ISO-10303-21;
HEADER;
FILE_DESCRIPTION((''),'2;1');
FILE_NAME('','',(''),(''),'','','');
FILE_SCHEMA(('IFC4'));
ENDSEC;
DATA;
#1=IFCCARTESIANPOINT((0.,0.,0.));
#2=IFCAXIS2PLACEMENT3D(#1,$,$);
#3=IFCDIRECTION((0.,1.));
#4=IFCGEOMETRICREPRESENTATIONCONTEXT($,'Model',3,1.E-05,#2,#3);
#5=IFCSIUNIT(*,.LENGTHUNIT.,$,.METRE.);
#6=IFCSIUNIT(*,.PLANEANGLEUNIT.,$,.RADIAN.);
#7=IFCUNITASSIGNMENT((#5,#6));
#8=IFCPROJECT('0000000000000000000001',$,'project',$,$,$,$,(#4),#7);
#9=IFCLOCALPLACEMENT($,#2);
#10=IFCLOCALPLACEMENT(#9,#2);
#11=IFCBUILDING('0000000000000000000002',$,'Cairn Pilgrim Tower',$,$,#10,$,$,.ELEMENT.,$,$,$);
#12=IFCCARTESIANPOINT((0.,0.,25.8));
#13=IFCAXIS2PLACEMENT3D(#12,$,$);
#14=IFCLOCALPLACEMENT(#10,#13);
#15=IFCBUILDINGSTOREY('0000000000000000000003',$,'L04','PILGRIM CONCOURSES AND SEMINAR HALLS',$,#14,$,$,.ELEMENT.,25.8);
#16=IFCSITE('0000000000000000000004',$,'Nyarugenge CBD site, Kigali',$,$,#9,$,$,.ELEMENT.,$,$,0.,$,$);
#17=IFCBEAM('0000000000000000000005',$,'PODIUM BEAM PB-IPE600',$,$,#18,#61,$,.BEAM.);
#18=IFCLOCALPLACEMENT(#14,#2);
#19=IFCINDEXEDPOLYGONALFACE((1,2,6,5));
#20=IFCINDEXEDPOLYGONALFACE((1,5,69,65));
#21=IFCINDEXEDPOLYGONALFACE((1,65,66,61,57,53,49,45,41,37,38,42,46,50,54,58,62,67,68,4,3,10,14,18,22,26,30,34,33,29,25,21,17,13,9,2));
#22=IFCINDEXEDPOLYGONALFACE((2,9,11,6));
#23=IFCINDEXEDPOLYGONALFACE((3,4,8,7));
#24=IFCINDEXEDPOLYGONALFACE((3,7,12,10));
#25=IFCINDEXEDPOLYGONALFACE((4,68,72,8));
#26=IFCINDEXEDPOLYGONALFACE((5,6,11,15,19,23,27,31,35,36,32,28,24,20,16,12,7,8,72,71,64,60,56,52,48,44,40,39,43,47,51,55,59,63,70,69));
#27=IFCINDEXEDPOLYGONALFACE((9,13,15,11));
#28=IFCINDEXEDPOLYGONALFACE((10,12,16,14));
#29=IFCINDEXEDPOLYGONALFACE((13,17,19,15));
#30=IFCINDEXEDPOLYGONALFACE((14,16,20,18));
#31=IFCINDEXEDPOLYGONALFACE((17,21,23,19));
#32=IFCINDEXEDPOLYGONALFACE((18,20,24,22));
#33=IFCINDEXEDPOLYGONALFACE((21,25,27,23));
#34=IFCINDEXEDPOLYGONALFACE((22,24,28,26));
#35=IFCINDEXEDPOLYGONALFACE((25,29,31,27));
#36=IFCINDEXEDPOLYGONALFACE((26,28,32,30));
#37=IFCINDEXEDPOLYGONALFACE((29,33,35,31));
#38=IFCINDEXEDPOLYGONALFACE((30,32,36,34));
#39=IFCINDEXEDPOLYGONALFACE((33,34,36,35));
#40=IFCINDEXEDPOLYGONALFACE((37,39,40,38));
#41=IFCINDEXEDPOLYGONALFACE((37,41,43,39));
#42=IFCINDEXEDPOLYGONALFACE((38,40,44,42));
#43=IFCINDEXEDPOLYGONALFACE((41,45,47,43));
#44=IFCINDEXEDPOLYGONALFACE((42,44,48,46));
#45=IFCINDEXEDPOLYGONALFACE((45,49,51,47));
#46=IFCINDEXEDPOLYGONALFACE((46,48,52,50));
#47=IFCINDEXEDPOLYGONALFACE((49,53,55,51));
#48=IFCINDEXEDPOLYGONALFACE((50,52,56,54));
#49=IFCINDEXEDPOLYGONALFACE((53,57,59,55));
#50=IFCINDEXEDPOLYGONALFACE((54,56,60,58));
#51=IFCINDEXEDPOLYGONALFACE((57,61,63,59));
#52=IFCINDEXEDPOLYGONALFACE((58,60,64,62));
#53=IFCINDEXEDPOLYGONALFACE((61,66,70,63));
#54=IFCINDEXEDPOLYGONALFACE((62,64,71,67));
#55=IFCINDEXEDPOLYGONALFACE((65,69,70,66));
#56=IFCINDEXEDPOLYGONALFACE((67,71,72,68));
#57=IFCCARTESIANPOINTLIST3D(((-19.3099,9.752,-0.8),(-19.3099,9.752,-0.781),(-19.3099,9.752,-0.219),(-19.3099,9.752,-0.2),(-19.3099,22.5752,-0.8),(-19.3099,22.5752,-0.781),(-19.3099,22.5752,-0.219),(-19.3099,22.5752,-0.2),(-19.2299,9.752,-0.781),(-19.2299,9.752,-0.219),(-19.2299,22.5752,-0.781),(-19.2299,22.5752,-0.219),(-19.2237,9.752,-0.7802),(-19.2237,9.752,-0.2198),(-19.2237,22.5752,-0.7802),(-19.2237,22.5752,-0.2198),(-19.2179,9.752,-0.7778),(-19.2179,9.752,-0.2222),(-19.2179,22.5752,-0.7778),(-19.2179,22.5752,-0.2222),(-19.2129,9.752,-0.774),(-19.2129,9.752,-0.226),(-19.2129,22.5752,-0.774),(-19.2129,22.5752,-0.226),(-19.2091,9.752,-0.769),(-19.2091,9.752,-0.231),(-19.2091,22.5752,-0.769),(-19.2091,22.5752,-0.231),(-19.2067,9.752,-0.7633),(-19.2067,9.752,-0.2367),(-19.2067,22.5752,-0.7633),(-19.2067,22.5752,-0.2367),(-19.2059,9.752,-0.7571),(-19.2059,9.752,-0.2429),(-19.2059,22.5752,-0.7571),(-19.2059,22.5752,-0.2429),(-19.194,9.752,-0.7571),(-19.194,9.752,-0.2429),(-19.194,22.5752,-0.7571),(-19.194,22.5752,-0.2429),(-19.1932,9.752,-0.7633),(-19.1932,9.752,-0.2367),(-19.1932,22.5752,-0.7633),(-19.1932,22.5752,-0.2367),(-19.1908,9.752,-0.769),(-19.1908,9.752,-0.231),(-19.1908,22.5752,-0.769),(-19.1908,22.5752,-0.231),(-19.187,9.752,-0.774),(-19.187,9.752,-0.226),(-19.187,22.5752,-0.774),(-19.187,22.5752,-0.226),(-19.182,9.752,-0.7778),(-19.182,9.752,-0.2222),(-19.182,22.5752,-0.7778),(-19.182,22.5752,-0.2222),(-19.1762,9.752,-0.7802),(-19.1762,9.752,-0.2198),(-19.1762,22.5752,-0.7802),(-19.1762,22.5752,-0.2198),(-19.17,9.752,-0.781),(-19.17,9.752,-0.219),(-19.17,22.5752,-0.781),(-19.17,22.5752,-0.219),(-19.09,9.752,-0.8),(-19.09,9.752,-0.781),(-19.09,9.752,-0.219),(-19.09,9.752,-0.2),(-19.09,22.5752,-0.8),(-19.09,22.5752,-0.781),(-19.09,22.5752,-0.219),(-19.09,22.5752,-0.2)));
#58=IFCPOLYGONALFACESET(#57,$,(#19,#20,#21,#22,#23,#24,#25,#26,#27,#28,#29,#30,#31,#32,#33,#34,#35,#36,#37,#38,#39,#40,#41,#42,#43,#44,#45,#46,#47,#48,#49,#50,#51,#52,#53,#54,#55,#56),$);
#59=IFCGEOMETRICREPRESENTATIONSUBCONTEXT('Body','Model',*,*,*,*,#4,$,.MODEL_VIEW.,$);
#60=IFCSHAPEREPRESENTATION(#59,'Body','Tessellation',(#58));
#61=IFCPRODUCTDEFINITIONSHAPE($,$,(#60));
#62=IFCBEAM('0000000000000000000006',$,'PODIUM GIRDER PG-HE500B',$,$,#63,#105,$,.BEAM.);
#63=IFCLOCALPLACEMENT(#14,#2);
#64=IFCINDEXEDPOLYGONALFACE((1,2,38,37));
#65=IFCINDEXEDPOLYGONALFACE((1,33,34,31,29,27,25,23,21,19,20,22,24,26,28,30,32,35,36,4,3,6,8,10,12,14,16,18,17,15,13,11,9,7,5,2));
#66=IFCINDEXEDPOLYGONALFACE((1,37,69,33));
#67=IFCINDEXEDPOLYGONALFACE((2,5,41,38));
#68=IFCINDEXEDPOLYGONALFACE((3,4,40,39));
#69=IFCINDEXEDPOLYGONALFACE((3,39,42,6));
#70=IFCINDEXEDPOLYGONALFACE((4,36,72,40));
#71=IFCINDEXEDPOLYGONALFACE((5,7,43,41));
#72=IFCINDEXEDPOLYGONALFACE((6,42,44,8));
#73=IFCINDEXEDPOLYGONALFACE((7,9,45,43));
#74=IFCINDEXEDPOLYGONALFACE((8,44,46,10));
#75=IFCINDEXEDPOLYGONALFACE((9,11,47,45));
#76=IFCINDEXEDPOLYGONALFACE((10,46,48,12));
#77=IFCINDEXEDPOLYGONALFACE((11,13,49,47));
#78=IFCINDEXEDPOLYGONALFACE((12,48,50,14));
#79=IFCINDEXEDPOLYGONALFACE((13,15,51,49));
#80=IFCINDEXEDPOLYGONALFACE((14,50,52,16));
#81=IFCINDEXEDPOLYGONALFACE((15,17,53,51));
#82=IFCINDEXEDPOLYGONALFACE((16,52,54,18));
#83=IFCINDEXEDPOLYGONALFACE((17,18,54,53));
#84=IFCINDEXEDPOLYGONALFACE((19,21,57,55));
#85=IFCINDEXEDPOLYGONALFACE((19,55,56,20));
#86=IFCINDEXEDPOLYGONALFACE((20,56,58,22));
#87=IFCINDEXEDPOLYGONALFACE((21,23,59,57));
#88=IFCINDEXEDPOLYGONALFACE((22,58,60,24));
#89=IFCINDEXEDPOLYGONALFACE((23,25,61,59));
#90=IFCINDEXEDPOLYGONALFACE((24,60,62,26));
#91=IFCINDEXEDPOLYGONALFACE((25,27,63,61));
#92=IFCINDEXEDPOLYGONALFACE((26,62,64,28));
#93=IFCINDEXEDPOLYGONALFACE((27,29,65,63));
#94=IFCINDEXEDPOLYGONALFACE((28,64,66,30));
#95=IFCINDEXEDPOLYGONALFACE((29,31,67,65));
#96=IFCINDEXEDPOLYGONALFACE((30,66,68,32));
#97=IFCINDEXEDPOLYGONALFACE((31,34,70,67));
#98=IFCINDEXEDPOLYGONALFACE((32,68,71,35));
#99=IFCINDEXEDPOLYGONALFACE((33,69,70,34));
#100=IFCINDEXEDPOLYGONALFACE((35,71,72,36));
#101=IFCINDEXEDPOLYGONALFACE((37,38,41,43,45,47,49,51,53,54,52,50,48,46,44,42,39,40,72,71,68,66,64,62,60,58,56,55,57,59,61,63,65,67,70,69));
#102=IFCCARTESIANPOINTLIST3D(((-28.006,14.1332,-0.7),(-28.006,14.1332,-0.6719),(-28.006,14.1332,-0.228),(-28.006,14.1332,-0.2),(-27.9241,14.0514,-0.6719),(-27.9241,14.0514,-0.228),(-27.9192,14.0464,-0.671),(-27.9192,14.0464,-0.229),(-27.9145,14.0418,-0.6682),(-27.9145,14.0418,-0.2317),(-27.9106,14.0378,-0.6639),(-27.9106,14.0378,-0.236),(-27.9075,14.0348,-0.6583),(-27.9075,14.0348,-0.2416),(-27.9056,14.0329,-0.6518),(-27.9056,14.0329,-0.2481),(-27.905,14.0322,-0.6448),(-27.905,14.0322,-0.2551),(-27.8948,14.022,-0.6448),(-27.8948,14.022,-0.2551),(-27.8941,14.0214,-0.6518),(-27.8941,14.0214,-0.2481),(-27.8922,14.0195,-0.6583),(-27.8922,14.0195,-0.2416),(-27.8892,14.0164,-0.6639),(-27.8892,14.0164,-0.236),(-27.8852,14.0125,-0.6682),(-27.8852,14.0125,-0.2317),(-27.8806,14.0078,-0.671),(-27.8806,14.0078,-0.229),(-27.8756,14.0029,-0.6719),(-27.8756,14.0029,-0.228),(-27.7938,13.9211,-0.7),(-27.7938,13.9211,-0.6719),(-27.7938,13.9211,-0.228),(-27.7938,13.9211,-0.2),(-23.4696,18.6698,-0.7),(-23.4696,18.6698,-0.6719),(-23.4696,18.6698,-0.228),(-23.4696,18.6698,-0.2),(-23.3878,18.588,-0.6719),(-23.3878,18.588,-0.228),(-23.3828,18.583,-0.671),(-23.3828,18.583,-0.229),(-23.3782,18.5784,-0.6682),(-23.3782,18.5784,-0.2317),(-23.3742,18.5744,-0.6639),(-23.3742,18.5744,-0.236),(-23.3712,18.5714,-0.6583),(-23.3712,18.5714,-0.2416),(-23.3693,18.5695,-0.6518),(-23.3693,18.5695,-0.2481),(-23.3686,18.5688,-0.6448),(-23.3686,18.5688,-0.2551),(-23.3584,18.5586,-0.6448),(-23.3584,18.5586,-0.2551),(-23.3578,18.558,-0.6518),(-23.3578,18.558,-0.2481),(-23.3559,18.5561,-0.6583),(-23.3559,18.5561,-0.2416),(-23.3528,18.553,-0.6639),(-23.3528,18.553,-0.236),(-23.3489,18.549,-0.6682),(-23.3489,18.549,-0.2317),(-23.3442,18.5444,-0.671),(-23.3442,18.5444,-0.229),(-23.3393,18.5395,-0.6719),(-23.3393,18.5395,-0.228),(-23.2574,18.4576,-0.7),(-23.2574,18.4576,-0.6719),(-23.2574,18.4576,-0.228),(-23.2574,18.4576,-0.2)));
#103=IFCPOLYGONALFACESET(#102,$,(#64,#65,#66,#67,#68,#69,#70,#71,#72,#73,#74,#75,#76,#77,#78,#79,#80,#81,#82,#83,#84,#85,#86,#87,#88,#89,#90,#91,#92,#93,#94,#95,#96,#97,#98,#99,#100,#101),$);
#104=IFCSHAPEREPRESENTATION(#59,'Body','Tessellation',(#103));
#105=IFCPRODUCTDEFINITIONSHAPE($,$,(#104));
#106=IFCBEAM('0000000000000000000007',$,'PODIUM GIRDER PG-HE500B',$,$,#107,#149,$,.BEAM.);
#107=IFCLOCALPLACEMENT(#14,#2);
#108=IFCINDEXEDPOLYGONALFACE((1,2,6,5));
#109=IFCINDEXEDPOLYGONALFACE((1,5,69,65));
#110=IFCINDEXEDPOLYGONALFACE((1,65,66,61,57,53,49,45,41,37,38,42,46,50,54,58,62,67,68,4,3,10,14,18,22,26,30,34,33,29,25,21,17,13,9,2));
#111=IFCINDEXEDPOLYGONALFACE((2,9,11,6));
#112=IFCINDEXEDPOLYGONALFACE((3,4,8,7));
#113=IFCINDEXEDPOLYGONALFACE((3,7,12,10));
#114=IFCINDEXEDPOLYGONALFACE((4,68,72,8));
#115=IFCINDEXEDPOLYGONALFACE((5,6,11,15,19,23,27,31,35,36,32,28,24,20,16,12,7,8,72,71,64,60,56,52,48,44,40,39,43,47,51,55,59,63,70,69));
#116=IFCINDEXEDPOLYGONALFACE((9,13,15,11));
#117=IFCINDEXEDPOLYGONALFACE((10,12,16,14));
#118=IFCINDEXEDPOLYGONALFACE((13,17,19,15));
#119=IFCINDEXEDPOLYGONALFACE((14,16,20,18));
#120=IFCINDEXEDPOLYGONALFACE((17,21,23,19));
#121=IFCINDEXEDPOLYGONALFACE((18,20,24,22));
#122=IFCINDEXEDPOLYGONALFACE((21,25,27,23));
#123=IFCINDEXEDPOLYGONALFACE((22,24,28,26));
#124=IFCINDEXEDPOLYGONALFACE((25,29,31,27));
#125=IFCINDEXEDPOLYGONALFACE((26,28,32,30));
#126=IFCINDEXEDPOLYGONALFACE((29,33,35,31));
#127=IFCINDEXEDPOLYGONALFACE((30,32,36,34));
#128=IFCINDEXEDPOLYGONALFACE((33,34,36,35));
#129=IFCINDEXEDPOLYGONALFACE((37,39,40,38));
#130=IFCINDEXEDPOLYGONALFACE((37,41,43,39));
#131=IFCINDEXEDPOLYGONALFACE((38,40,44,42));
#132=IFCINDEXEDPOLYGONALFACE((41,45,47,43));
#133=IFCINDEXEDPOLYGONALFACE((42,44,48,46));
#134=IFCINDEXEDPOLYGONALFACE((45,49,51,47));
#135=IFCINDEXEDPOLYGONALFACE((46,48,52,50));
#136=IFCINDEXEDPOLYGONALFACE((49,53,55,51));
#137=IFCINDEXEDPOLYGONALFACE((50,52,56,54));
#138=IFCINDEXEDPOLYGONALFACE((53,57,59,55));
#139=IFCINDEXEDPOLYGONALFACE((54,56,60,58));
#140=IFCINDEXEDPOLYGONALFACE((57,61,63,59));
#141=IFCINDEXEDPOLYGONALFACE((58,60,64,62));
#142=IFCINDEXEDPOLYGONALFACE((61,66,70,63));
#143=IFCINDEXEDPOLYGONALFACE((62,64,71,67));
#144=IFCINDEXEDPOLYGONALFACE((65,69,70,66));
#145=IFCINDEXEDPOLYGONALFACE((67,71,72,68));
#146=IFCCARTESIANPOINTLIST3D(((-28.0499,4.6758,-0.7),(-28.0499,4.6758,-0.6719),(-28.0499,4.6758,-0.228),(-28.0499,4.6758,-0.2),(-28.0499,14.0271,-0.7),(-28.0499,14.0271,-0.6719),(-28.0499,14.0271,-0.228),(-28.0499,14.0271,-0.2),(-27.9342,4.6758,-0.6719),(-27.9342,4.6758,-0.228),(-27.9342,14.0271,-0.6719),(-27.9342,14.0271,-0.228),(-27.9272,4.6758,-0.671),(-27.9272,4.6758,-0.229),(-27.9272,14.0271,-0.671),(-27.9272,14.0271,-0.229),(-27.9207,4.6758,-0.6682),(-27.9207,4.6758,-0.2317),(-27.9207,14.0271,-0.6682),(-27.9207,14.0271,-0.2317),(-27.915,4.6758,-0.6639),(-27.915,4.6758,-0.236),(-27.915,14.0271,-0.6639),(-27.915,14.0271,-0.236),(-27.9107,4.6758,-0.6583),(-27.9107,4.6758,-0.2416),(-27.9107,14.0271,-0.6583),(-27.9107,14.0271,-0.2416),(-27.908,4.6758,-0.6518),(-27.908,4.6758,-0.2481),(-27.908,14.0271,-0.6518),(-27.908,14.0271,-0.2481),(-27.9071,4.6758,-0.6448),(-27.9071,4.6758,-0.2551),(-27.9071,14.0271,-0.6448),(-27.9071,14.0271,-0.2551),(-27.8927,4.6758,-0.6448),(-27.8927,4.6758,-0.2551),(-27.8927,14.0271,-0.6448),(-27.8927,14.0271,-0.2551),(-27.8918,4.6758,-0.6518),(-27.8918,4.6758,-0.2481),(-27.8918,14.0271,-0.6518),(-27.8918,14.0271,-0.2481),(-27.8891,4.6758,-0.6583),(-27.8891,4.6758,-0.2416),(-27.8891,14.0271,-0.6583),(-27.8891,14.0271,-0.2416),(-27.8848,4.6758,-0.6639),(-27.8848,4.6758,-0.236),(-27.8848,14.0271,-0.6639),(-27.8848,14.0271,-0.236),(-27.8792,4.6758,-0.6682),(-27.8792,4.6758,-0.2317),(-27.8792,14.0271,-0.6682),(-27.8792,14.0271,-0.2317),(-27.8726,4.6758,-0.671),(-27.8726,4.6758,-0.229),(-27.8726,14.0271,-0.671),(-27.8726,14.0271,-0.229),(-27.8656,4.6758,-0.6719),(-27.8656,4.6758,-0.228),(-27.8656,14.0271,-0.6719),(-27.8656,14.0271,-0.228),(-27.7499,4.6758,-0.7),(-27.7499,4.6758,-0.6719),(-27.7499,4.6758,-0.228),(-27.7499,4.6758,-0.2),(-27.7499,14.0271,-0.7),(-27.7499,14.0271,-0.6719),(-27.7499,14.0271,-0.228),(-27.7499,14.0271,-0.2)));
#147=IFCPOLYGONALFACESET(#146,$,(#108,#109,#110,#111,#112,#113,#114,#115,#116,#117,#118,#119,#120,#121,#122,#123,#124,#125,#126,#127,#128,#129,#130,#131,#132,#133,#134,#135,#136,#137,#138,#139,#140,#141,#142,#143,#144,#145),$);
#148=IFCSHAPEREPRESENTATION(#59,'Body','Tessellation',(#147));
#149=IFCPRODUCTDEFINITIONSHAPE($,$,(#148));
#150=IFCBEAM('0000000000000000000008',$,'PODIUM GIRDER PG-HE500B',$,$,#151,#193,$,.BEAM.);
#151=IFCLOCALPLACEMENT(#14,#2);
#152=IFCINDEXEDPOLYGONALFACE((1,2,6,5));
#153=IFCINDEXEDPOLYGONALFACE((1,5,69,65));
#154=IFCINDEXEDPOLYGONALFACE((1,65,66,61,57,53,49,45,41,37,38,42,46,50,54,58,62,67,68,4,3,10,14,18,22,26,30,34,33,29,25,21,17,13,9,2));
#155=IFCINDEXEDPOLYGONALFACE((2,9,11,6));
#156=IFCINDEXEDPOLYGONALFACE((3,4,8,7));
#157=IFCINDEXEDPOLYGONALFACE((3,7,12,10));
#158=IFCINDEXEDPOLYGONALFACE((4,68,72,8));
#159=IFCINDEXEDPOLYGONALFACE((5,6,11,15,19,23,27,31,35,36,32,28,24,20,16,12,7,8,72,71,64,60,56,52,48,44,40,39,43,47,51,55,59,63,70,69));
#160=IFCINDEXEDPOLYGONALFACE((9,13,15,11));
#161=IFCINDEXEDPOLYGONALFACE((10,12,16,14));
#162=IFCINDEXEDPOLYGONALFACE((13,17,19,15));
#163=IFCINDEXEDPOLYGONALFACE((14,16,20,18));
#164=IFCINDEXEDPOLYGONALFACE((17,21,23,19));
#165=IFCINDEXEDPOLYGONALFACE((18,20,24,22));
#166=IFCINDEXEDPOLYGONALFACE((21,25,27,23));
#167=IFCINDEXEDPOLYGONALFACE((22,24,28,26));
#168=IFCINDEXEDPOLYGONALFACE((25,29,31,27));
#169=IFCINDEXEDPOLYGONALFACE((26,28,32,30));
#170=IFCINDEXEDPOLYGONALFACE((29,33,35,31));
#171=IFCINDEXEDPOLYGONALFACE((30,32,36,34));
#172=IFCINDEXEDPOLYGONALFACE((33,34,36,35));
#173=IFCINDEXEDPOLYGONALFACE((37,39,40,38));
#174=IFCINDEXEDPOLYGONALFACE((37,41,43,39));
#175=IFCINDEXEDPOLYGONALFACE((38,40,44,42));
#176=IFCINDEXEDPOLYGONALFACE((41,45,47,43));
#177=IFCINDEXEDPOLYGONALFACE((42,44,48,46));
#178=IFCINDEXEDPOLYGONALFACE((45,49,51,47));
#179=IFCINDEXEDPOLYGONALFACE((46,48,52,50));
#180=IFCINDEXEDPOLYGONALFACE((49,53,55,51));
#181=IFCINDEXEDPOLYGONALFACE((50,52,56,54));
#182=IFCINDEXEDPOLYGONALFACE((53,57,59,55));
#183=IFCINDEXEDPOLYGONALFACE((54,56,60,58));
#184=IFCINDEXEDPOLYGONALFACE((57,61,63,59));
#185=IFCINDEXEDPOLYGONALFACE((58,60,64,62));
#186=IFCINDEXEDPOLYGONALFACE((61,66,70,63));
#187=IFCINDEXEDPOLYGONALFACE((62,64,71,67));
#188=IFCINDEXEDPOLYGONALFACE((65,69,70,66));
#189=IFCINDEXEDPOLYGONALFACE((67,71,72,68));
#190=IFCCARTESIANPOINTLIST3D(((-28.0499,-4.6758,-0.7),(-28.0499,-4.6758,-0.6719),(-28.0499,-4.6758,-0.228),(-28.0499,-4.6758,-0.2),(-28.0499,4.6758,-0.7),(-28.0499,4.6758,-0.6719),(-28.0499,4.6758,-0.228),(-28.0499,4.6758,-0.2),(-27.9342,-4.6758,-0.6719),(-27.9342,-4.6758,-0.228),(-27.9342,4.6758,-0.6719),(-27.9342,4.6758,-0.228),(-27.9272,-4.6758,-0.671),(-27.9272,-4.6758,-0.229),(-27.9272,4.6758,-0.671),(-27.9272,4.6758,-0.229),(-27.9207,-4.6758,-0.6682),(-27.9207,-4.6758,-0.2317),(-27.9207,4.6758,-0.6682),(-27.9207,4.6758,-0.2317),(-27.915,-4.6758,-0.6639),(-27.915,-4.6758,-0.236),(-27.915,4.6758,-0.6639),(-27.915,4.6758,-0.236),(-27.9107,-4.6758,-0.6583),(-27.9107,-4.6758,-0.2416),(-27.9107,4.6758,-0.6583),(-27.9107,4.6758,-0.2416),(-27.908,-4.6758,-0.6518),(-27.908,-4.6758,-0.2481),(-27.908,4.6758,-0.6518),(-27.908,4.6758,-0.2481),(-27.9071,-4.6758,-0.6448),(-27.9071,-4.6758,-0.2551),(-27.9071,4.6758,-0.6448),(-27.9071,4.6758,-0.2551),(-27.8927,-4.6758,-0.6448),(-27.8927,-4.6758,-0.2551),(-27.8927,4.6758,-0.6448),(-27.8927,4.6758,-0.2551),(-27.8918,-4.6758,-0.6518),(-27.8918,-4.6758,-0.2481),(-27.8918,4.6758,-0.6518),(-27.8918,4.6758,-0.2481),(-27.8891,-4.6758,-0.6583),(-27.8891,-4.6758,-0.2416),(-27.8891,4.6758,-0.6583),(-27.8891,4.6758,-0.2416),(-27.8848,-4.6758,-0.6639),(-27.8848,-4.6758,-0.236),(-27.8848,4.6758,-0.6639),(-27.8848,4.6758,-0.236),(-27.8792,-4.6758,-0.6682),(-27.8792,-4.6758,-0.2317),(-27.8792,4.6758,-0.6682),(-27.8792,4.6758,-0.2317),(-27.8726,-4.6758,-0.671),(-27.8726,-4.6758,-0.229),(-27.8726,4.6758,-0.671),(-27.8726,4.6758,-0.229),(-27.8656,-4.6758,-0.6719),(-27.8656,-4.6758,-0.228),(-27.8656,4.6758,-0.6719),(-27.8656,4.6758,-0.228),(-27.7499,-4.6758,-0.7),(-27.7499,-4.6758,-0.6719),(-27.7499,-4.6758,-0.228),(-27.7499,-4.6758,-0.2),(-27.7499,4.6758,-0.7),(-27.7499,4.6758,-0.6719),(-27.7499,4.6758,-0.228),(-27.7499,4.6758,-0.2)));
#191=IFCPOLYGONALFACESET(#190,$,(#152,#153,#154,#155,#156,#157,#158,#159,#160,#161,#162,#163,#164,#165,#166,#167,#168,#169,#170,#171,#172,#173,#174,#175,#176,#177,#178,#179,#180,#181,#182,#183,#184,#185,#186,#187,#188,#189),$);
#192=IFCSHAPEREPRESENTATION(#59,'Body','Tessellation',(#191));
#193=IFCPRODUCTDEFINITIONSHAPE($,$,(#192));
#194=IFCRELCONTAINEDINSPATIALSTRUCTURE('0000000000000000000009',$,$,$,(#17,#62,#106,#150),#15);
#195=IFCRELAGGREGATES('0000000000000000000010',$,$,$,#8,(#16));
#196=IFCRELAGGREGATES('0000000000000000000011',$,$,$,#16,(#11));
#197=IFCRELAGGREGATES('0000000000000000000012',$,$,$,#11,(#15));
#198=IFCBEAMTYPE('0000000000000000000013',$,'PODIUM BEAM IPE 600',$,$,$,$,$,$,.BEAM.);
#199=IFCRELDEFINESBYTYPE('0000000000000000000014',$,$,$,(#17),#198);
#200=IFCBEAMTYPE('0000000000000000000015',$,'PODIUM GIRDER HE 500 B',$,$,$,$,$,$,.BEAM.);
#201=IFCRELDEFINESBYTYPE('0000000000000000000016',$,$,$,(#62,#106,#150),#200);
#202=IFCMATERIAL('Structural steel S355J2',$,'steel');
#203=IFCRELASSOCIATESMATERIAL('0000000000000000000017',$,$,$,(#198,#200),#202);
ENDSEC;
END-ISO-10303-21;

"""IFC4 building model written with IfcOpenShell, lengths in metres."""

from ifc_helpers import new_model, si_unit, direction, frame, origin, origin_2d, place, context, subcontext, project, spatial, i_section, extrude, material, material_profile, profile_set, type_object, element, save


model = new_model("IFC4")

# Units and contexts
model_context = context("Model", 3, precision=1e-05, world=origin(), true_north=direction((0.0, 1.0)))
body_context = subcontext(model_context, "Body", "Model", "MODEL_VIEW")
ifc_project = project(units=[si_unit("LENGTHUNIT", "METRE"), si_unit("PLANEANGLEUNIT", "RADIAN")], contexts=[model_context])

# Site, building, storey
site_placement = place(None, origin())
site = spatial("IfcSite", under=ifc_project, at=site_placement, Name="Nyarugenge CBD site, Kigali", CompositionType="ELEMENT", RefElevation=0.0)
building_placement = place(site_placement, origin())
building = spatial("IfcBuilding", under=site, at=building_placement, Name="Cairn Pilgrim Tower", CompositionType="ELEMENT")
storey_placement = place(building_placement, frame((0.0, 0.0, 25.8)))
storey = spatial("IfcBuildingStorey", under=building, at=storey_placement, Name="L04", Description="PILGRIM CONCOURSES AND SEMINAR HALLS", CompositionType="ELEMENT", Elevation=25.8)

# Beams
ifc_material_1 = material(Name="Structural steel S355J2", Category="steel")
ifc_material_profile_1 = material_profile(ifc_material_1, i_section(OverallWidth=0.22, OverallDepth=0.6001, WebThickness=0.012, FlangeThickness=0.019, FilletRadius=0.0239, at=origin_2d()), Name="IPE 600")
ifc_profile_set_1 = profile_set([ifc_material_profile_1], Name="Structural steel S355J2")
beam_type_1 = type_object("IfcBeamType", Name="PODIUM BEAM IPE 600", PredefinedType="BEAM", material=ifc_profile_set_1)
beam_1_placement = place(storey_placement, frame((-19.2, 9.752, -0.5), z_axis=(0.0, 1.0, 0.0), x_axis=(-1.0, 0.0, 0.0)))
element("IfcBeam", 1, at=beam_1_placement, inside=storey, type_object=beam_type_1, Name="PODIUM BEAM PB-IPE600", PredefinedType="BEAM", context=body_context, shape_type="SweptSolid", body=[
    extrude(i_section(OverallWidth=0.22, OverallDepth=0.6001, WebThickness=0.012, FlangeThickness=0.019, FilletRadius=0.0239, at=origin_2d()), origin(), (0.0, 0.0, 1.0), 12.8232),
])
ifc_material_profile_2 = material_profile(ifc_material_1, i_section(OverallWidth=0.3, OverallDepth=0.5, WebThickness=0.0144, FlangeThickness=0.0281, FilletRadius=0.0271, at=origin_2d()), Name="HEB 500")
ifc_profile_set_2 = profile_set([ifc_material_profile_2], Name="Structural steel S355J2")
beam_type_2 = type_object("IfcBeamType", Name="PODIUM GIRDER HE 500 B", PredefinedType="BEAM", material=ifc_profile_set_2)
beam_2_placement = place(storey_placement, frame((-23.3635, 18.5637, -0.45), z_axis=(-0.707088, -0.707126, 0.0), x_axis=(0.707126, -0.707088, 0.0)))
element("IfcBeam", 2, at=beam_2_placement, inside=storey, type_object=beam_type_2, Name="PODIUM GIRDER PG-HE500B", PredefinedType="BEAM", context=body_context, shape_type="SweptSolid", body=[
    extrude(i_section(OverallWidth=0.3, OverallDepth=0.5, WebThickness=0.0144, FlangeThickness=0.0281, FilletRadius=0.0271, at=origin_2d()), origin(), (0.0, 0.0, 1.0), 6.4155),
])
beam_3_placement = place(storey_placement, frame((-27.8999, 14.0271, -0.45), z_axis=(0.0, -1.0, 0.0), x_axis=(1.0, 0.0, 0.0)))
element("IfcBeam", 3, at=beam_3_placement, inside=storey, type_object=beam_type_2, Name="PODIUM GIRDER PG-HE500B", PredefinedType="BEAM", context=body_context, shape_type="SweptSolid", body=[
    extrude(i_section(OverallWidth=0.3, OverallDepth=0.5, WebThickness=0.0144, FlangeThickness=0.0281, FilletRadius=0.0271, at=origin_2d()), origin(), (0.0, 0.0, 1.0), 9.3513),
])
beam_4_placement = place(storey_placement, frame((-27.8999, 4.6758, -0.45), z_axis=(0.0, -1.0, 0.0), x_axis=(1.0, 0.0, 0.0)))
element("IfcBeam", 4, at=beam_4_placement, inside=storey, type_object=beam_type_2, Name="PODIUM GIRDER PG-HE500B", PredefinedType="BEAM", context=body_context, shape_type="SweptSolid", body=[
    extrude(i_section(OverallWidth=0.3, OverallDepth=0.5, WebThickness=0.0144, FlangeThickness=0.0281, FilletRadius=0.0271, at=origin_2d()), origin(), (0.0, 0.0, 1.0), 9.3516),
])

save(model, "model.ifc")
